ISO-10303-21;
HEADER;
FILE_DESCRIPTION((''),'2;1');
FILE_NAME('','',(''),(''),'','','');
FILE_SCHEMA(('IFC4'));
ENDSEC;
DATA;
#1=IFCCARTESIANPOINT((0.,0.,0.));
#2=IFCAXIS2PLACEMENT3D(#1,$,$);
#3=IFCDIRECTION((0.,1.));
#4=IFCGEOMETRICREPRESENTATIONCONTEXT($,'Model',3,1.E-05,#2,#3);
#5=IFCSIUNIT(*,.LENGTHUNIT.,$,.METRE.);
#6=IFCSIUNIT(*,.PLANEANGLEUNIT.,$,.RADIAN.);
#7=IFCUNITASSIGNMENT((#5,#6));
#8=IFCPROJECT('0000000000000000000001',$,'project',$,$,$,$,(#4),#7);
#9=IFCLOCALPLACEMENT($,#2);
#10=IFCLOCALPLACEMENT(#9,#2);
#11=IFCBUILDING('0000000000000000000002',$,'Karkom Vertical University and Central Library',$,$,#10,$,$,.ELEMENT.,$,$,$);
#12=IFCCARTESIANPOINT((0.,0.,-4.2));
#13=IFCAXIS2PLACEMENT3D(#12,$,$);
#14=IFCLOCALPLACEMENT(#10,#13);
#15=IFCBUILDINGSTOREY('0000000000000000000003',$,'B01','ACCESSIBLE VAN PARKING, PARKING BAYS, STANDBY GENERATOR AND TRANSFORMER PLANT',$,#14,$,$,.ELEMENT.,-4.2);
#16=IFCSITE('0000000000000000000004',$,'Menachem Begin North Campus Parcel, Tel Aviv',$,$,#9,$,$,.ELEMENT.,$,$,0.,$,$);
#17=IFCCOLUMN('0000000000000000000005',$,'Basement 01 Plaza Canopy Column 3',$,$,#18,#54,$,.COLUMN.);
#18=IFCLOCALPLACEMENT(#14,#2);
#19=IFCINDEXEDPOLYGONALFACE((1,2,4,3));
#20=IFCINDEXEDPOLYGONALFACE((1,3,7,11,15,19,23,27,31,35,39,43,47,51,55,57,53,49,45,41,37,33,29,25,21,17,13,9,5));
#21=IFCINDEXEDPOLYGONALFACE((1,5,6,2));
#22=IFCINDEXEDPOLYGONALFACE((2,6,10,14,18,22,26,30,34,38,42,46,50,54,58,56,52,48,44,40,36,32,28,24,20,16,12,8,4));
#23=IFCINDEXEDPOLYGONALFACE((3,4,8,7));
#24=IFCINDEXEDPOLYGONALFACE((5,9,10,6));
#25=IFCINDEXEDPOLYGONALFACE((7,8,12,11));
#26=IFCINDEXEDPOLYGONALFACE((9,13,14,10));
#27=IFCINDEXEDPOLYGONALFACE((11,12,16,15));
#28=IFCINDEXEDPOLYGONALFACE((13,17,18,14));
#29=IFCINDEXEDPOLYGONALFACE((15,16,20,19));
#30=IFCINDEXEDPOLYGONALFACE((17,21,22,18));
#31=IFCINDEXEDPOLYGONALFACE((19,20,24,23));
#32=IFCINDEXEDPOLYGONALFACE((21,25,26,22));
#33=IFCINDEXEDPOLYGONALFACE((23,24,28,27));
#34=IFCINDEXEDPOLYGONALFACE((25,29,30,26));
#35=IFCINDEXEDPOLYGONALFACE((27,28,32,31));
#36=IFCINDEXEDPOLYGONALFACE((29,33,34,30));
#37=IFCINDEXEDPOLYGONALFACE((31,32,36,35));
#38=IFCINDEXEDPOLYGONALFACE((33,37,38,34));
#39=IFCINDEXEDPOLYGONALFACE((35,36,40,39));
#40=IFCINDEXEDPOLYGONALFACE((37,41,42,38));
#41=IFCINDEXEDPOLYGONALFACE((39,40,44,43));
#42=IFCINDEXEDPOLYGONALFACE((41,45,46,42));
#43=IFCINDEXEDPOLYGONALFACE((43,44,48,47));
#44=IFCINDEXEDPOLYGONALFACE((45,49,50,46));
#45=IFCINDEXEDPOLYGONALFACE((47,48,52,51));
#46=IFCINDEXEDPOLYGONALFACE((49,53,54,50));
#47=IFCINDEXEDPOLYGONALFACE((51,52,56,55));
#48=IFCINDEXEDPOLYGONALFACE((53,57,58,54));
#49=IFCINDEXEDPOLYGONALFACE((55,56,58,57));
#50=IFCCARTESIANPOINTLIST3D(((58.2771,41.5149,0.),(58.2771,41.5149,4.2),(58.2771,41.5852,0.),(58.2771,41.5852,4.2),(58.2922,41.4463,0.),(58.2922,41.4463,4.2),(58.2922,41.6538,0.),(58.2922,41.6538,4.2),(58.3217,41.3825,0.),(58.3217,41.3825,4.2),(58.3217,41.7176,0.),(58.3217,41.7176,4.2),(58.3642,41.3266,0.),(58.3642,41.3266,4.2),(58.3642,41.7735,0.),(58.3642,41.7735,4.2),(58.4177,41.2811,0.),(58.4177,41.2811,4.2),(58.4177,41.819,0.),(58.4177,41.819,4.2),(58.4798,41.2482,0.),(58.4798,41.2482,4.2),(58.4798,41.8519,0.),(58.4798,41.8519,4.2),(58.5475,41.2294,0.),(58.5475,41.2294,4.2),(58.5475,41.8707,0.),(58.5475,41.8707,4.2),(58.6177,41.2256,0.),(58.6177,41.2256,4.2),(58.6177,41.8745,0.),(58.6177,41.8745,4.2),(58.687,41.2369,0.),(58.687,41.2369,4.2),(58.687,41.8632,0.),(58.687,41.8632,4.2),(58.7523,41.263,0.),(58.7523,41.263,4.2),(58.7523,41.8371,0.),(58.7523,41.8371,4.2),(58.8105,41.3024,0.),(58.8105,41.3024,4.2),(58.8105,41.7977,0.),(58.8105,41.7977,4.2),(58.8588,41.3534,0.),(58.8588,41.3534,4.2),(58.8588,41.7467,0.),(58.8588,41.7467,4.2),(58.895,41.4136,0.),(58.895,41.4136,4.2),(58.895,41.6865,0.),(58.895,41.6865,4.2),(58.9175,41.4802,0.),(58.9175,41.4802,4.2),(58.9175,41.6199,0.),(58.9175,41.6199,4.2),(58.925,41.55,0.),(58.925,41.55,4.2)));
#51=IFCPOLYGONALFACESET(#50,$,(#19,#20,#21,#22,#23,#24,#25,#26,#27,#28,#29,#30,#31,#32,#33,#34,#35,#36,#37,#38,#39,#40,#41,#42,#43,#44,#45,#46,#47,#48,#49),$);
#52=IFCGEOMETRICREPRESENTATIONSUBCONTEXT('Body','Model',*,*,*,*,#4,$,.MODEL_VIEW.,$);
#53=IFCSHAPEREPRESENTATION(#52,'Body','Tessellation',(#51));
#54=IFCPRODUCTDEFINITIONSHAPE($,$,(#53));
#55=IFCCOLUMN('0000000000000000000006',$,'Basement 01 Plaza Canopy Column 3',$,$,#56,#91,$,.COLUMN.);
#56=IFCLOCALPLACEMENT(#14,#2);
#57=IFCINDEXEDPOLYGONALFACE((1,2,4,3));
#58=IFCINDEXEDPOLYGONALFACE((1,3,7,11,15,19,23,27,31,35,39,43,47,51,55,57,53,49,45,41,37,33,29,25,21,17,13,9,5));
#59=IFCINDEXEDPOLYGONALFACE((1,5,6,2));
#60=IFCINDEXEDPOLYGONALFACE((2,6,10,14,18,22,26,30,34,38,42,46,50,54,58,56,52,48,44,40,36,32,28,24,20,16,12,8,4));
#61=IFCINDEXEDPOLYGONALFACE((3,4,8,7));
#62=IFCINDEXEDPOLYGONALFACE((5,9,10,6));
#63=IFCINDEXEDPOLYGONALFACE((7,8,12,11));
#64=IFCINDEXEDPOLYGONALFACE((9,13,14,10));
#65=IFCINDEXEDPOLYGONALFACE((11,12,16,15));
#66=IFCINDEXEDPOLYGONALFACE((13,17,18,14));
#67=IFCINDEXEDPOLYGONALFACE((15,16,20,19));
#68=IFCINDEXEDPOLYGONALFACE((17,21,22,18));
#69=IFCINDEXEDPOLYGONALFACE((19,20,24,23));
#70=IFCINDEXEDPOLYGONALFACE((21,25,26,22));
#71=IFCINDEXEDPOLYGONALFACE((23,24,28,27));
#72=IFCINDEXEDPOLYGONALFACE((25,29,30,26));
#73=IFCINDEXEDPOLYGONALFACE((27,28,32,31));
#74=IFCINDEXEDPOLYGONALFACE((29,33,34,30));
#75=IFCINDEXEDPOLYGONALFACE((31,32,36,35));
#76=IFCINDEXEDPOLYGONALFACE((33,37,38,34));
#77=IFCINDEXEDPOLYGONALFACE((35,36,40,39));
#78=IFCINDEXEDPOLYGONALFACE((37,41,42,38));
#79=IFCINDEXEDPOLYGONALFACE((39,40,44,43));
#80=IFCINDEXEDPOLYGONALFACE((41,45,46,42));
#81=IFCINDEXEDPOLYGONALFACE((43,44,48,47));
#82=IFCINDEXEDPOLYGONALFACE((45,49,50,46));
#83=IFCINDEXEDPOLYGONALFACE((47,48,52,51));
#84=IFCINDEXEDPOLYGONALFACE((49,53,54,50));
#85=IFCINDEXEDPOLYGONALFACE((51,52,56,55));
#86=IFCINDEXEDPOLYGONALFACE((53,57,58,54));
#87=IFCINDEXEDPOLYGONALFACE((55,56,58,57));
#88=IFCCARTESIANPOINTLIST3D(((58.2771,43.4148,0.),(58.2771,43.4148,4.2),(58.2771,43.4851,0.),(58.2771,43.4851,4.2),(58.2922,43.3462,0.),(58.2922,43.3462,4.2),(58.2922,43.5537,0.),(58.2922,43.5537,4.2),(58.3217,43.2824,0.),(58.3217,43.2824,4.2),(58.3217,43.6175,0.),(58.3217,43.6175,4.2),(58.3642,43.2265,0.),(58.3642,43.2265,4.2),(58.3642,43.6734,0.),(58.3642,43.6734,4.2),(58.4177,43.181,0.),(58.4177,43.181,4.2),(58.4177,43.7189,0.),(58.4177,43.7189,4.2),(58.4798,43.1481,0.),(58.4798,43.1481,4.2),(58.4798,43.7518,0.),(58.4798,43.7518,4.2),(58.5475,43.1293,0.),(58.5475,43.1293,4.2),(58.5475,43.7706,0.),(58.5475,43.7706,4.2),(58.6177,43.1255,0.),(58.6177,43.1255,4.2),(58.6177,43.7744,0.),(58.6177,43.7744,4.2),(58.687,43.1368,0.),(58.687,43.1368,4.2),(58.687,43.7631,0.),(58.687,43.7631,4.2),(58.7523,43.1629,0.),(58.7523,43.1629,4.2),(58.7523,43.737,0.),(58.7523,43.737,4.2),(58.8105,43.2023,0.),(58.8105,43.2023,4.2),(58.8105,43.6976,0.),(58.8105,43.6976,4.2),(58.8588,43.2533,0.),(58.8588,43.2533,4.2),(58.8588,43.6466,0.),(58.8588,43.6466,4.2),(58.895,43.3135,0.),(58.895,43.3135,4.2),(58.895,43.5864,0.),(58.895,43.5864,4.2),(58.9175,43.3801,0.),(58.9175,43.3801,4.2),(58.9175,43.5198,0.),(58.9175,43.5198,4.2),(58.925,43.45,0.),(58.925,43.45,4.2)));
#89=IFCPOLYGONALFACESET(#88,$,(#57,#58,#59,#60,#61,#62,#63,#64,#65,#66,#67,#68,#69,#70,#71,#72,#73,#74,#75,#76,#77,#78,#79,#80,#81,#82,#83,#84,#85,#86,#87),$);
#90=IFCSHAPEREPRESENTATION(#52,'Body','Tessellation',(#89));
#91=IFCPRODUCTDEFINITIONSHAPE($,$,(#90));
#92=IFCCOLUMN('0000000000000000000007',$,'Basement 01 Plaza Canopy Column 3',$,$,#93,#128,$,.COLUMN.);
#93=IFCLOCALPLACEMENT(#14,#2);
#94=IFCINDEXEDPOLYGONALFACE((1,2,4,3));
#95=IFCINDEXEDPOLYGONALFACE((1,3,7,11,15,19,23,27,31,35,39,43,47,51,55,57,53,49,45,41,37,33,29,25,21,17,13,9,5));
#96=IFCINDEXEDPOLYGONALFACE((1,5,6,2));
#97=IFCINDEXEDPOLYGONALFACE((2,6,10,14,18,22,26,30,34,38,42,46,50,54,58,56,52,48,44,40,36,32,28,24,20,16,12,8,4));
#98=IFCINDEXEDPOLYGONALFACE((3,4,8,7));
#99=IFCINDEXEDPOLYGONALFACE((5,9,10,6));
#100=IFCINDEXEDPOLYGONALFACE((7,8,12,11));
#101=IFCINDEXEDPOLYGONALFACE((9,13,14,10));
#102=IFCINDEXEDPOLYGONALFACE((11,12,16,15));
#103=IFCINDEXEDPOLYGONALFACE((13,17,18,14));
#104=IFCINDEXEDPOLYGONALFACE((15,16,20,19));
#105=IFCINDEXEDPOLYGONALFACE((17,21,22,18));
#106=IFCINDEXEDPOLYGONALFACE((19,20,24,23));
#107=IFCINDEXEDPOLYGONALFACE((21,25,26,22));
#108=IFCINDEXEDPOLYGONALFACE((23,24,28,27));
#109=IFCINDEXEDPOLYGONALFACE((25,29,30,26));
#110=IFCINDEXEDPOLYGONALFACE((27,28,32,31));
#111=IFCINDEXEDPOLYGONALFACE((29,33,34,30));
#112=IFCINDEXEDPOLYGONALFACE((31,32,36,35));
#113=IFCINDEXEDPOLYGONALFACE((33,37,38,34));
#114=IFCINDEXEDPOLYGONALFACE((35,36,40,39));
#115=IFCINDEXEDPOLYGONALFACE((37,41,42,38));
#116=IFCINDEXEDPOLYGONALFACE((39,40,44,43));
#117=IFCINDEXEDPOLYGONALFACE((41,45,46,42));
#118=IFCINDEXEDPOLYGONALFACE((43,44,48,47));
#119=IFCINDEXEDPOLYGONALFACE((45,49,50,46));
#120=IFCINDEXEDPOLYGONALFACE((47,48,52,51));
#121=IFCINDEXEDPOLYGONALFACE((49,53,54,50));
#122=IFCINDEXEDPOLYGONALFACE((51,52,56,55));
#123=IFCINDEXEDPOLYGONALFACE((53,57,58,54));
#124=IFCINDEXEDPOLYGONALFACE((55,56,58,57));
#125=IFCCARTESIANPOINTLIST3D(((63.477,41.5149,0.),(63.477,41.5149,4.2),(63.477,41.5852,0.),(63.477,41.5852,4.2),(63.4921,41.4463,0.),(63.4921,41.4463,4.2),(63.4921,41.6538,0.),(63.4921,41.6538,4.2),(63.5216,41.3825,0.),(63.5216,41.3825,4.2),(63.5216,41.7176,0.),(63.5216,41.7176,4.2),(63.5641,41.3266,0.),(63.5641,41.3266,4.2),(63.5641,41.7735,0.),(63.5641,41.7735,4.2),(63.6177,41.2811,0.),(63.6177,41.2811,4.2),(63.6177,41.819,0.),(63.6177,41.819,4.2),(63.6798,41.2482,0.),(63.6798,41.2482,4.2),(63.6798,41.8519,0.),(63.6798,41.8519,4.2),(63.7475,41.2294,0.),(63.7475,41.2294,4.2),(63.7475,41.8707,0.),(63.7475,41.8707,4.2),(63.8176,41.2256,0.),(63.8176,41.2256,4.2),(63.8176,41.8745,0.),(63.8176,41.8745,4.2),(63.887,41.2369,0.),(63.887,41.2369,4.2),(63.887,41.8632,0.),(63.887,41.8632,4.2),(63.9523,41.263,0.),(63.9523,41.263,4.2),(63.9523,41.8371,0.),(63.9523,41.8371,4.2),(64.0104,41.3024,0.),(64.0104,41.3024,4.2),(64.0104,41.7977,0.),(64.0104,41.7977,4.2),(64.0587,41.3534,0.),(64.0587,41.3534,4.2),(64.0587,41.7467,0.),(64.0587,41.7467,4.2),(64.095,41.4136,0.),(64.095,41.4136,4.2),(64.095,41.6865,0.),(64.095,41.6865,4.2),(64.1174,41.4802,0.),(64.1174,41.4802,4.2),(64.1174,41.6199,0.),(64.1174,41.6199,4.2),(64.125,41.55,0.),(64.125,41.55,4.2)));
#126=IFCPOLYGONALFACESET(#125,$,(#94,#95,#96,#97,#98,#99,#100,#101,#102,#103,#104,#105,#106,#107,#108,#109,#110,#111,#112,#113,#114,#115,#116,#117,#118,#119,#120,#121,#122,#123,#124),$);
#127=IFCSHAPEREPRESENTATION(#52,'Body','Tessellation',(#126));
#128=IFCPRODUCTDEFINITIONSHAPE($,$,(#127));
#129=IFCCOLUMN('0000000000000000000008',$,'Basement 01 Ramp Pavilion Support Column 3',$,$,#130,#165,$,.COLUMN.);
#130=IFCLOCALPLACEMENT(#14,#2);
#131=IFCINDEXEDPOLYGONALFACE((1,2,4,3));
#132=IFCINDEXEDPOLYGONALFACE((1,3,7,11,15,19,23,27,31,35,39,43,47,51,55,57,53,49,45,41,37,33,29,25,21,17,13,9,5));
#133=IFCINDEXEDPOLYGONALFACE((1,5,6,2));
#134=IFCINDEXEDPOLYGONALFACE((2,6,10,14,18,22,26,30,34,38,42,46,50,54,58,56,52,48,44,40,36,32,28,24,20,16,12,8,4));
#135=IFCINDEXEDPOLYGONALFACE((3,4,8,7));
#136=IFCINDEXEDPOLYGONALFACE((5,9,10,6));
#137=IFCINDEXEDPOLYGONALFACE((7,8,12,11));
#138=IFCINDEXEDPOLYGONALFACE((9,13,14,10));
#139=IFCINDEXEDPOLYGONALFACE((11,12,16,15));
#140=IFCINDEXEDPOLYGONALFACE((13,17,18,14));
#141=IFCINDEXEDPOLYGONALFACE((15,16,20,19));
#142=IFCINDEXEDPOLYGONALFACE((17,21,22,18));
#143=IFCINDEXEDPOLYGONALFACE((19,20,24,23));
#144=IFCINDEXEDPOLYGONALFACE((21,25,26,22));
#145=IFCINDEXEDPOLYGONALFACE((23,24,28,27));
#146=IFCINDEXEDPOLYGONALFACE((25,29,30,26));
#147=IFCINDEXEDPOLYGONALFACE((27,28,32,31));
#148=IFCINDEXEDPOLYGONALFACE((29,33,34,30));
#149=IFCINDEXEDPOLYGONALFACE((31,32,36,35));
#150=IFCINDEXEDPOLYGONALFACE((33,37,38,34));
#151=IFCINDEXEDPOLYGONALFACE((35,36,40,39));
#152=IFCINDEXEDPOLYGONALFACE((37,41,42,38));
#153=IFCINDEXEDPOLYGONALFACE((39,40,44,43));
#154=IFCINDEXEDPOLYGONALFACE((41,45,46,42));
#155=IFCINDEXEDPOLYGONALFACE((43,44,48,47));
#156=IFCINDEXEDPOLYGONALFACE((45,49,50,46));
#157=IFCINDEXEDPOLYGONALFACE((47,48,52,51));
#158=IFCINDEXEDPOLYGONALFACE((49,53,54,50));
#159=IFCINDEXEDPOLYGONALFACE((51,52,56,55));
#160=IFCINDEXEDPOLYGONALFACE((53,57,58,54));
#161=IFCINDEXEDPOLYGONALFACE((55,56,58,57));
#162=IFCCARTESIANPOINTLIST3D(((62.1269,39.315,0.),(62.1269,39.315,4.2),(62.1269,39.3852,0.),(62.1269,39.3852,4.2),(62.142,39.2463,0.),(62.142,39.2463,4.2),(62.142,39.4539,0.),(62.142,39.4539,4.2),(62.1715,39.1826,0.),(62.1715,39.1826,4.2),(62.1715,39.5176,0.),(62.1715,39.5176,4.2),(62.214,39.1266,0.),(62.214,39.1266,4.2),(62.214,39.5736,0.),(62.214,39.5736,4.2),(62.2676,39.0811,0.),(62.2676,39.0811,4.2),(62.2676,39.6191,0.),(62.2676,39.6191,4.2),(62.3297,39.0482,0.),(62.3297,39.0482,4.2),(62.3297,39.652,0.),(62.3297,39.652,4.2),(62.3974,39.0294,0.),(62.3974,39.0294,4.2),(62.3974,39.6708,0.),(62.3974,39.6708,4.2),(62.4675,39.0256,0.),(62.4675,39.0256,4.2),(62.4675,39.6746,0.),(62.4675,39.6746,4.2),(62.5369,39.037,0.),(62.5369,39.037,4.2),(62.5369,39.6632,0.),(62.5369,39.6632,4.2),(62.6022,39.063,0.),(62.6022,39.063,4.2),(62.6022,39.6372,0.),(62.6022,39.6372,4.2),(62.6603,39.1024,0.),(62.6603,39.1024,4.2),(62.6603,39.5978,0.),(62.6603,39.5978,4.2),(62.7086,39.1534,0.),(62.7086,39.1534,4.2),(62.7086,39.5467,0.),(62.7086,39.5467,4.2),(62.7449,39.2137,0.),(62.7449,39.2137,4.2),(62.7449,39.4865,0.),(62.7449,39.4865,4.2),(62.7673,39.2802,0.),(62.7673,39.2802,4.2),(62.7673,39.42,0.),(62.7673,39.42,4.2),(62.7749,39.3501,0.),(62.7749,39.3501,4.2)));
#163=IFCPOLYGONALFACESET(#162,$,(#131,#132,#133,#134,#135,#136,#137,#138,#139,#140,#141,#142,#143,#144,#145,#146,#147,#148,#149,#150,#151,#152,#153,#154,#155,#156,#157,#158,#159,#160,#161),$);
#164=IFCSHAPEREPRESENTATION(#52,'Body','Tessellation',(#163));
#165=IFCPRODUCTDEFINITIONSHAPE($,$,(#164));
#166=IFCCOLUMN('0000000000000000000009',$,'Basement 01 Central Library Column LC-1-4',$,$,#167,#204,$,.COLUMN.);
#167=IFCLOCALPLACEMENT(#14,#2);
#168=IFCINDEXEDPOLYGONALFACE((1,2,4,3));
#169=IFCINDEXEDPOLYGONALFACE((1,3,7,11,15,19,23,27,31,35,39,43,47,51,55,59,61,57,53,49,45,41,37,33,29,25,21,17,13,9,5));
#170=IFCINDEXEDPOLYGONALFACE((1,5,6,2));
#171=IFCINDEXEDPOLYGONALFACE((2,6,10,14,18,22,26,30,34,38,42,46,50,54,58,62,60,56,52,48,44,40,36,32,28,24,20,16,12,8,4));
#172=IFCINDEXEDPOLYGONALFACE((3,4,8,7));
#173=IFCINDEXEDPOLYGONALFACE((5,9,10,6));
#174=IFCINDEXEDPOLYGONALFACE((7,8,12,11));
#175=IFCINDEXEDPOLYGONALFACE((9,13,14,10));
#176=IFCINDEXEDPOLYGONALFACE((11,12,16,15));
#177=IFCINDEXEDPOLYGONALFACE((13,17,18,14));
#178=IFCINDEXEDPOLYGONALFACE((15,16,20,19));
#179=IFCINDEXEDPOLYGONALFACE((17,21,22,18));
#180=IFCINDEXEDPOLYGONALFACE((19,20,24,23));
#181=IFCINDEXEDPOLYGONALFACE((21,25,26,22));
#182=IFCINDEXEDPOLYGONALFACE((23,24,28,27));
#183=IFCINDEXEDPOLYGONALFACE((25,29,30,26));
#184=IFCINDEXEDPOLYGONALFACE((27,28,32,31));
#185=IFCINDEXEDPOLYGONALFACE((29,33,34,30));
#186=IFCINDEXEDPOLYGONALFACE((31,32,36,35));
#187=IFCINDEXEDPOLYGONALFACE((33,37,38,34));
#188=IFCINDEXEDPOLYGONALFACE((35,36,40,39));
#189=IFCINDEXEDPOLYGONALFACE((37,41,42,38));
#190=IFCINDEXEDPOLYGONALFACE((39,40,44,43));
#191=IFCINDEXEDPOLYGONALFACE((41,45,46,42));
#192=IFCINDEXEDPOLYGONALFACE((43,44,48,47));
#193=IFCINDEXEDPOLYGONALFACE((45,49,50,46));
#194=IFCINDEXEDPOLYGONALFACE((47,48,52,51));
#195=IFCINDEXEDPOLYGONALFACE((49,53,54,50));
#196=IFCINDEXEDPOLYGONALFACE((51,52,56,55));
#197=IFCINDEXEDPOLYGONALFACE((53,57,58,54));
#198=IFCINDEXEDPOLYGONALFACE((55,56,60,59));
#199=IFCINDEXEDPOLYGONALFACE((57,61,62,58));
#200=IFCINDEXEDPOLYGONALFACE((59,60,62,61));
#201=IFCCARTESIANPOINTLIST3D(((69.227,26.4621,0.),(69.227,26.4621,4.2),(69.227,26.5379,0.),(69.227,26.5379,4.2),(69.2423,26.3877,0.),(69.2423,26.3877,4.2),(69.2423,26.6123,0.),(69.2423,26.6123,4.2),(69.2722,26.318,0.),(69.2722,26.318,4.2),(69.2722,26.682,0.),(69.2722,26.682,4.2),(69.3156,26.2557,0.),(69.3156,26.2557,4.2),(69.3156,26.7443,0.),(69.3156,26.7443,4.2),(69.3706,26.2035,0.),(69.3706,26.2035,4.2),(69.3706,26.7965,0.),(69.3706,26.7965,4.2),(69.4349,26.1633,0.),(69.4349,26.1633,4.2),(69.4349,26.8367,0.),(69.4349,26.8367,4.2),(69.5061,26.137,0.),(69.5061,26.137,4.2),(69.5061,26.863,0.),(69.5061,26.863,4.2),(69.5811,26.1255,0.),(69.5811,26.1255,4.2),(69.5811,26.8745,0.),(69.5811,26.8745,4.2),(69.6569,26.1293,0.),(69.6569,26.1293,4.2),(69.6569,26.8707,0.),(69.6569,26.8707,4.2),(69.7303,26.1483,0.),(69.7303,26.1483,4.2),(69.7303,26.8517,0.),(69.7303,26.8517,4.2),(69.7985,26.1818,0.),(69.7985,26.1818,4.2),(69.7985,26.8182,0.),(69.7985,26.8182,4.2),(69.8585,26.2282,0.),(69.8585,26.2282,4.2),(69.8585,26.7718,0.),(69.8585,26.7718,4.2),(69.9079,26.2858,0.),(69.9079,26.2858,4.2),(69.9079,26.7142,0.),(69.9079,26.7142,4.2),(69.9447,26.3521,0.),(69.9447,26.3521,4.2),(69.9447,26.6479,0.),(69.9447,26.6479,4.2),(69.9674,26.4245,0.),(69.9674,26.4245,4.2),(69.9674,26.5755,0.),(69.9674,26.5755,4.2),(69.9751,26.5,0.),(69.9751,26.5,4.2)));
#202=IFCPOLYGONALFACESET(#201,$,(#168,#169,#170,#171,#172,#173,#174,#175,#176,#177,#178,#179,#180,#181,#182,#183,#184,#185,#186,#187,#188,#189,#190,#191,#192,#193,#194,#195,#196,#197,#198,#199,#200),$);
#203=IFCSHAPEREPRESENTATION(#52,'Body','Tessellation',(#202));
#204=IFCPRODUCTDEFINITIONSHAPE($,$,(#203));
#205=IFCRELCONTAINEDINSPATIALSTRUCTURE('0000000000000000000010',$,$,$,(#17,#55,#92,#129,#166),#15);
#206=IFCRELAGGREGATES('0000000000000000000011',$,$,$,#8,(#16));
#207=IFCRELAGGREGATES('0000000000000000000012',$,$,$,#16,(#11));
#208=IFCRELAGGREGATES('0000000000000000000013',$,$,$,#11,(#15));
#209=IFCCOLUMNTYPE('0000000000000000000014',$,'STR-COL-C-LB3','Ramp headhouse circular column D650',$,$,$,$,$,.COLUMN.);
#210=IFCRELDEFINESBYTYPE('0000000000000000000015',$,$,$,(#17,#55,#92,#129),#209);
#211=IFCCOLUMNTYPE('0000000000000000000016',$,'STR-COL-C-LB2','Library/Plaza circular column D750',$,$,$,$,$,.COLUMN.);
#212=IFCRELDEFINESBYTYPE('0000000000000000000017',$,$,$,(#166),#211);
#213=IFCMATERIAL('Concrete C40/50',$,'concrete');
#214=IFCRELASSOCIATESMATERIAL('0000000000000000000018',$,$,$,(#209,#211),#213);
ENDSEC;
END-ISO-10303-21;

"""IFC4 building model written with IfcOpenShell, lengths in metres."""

from ifc_helpers import new_model, si_unit, direction, frame, origin, origin_with_axes, origin_2d, place, context, subcontext, project, spatial, circle, extrude, source, transform, mapped, material, material_profile, profile_set, type_object, element, save


model = new_model("IFC4")

# Units and contexts
model_context = context("Model", 3, precision=1e-05, world=origin(), true_north=direction((0.0, 1.0)))
body_context = subcontext(model_context, "Body", "Model", "MODEL_VIEW")
ifc_project = project(units=[si_unit("LENGTHUNIT", "METRE"), si_unit("PLANEANGLEUNIT", "RADIAN")], contexts=[model_context])

# Site, building, storey
site_placement = place(None, origin())
site = spatial("IfcSite", under=ifc_project, at=site_placement, Name="Menachem Begin North Campus Parcel, Tel Aviv", CompositionType="ELEMENT", RefElevation=0.0)
building_placement = place(site_placement, origin())
building = spatial("IfcBuilding", under=site, at=building_placement, Name="Karkom Vertical University and Central Library", CompositionType="ELEMENT")
storey_placement = place(building_placement, frame((0.0, 0.0, -4.2)))
storey = spatial("IfcBuildingStorey", under=building, at=storey_placement, Name="B01", Description="ACCESSIBLE VAN PARKING, PARKING BAYS, STANDBY GENERATOR AND TRANSFORMER PLANT", CompositionType="ELEMENT", Elevation=-4.2)

# Columns
ifc_material_1 = material(Name="Concrete C40/50", Category="concrete")
ifc_material_profile_1 = material_profile(ifc_material_1, circle(Radius=0.325, at=origin_2d()), Name="RC-D650")
ifc_profile_set_1 = profile_set([ifc_material_profile_1], Name="Concrete C40/50")
column_type_1 = type_object("IfcColumnType", Name="STR-COL-C-LB3", Description="Ramp headhouse circular column D650", PredefinedType="COLUMN", material=ifc_profile_set_1)
shared_shape_1 = source(origin_with_axes(), body_context, "Body", "SweptSolid", [
    extrude(circle(Radius=0.325, at=origin_2d()), origin(), (0.0, 0.0, 1.0), 4.2),
])
for number, where, z_axis, x_axis, name in (
    (1, (58.6001, 41.55, 0.0), (0.0, 0.0, 1.0), (1.0, 0.0, 0.0), "Basement 01 Plaza Canopy Column 3"),
    (2, (58.6001, 43.45, 0.0), (0.0, 0.0, 1.0), (1.0, 0.0, 0.0), "Basement 01 Plaza Canopy Column 3"),
    (3, (63.8, 41.55, 0.0), (0.0, 0.0, 1.0), (1.0, 0.0, 0.0), "Basement 01 Plaza Canopy Column 3"),
    (4, (62.45, 39.3501, 0.0), (0.0, 0.0, 1.0), (1.0, 0.0, 0.0), "Basement 01 Ramp Pavilion Support Column 3"),
):
    element("IfcColumn", number, at=place(storey_placement, frame(where, z_axis=z_axis, x_axis=x_axis)), inside=storey, type_object=column_type_1, Name=name, PredefinedType="COLUMN", context=body_context, shape_type="MappedRepresentation", body=[
        mapped(shared_shape_1, transform((0.0, 0.0, 0.0), scale=1.0)),
    ])
ifc_material_profile_2 = material_profile(ifc_material_1, circle(Radius=0.375, at=origin_2d()), Name="RC-D750")
ifc_profile_set_2 = profile_set([ifc_material_profile_2], Name="Concrete C40/50")
column_type_2 = type_object("IfcColumnType", Name="STR-COL-C-LB2", Description="Library/Plaza circular column D750", PredefinedType="COLUMN", material=ifc_profile_set_2)
shared_shape_2 = source(origin_with_axes(), body_context, "Body", "SweptSolid", [
    extrude(circle(Radius=0.375, at=origin_2d()), origin(), (0.0, 0.0, 1.0), 4.2),
])
for number, where, z_axis, x_axis, name in (
    (5, (69.6001, 26.5, 0.0), (0.0, 0.0, 1.0), (1.0, 0.0, 0.0), "Basement 01 Central Library Column LC-1-4"),
):
    element("IfcColumn", number, at=place(storey_placement, frame(where, z_axis=z_axis, x_axis=x_axis)), inside=storey, type_object=column_type_2, Name=name, PredefinedType="COLUMN", context=body_context, shape_type="MappedRepresentation", body=[
        mapped(shared_shape_2, transform((0.0, 0.0, 0.0), scale=1.0)),
    ])

save(model, "model.ifc")
